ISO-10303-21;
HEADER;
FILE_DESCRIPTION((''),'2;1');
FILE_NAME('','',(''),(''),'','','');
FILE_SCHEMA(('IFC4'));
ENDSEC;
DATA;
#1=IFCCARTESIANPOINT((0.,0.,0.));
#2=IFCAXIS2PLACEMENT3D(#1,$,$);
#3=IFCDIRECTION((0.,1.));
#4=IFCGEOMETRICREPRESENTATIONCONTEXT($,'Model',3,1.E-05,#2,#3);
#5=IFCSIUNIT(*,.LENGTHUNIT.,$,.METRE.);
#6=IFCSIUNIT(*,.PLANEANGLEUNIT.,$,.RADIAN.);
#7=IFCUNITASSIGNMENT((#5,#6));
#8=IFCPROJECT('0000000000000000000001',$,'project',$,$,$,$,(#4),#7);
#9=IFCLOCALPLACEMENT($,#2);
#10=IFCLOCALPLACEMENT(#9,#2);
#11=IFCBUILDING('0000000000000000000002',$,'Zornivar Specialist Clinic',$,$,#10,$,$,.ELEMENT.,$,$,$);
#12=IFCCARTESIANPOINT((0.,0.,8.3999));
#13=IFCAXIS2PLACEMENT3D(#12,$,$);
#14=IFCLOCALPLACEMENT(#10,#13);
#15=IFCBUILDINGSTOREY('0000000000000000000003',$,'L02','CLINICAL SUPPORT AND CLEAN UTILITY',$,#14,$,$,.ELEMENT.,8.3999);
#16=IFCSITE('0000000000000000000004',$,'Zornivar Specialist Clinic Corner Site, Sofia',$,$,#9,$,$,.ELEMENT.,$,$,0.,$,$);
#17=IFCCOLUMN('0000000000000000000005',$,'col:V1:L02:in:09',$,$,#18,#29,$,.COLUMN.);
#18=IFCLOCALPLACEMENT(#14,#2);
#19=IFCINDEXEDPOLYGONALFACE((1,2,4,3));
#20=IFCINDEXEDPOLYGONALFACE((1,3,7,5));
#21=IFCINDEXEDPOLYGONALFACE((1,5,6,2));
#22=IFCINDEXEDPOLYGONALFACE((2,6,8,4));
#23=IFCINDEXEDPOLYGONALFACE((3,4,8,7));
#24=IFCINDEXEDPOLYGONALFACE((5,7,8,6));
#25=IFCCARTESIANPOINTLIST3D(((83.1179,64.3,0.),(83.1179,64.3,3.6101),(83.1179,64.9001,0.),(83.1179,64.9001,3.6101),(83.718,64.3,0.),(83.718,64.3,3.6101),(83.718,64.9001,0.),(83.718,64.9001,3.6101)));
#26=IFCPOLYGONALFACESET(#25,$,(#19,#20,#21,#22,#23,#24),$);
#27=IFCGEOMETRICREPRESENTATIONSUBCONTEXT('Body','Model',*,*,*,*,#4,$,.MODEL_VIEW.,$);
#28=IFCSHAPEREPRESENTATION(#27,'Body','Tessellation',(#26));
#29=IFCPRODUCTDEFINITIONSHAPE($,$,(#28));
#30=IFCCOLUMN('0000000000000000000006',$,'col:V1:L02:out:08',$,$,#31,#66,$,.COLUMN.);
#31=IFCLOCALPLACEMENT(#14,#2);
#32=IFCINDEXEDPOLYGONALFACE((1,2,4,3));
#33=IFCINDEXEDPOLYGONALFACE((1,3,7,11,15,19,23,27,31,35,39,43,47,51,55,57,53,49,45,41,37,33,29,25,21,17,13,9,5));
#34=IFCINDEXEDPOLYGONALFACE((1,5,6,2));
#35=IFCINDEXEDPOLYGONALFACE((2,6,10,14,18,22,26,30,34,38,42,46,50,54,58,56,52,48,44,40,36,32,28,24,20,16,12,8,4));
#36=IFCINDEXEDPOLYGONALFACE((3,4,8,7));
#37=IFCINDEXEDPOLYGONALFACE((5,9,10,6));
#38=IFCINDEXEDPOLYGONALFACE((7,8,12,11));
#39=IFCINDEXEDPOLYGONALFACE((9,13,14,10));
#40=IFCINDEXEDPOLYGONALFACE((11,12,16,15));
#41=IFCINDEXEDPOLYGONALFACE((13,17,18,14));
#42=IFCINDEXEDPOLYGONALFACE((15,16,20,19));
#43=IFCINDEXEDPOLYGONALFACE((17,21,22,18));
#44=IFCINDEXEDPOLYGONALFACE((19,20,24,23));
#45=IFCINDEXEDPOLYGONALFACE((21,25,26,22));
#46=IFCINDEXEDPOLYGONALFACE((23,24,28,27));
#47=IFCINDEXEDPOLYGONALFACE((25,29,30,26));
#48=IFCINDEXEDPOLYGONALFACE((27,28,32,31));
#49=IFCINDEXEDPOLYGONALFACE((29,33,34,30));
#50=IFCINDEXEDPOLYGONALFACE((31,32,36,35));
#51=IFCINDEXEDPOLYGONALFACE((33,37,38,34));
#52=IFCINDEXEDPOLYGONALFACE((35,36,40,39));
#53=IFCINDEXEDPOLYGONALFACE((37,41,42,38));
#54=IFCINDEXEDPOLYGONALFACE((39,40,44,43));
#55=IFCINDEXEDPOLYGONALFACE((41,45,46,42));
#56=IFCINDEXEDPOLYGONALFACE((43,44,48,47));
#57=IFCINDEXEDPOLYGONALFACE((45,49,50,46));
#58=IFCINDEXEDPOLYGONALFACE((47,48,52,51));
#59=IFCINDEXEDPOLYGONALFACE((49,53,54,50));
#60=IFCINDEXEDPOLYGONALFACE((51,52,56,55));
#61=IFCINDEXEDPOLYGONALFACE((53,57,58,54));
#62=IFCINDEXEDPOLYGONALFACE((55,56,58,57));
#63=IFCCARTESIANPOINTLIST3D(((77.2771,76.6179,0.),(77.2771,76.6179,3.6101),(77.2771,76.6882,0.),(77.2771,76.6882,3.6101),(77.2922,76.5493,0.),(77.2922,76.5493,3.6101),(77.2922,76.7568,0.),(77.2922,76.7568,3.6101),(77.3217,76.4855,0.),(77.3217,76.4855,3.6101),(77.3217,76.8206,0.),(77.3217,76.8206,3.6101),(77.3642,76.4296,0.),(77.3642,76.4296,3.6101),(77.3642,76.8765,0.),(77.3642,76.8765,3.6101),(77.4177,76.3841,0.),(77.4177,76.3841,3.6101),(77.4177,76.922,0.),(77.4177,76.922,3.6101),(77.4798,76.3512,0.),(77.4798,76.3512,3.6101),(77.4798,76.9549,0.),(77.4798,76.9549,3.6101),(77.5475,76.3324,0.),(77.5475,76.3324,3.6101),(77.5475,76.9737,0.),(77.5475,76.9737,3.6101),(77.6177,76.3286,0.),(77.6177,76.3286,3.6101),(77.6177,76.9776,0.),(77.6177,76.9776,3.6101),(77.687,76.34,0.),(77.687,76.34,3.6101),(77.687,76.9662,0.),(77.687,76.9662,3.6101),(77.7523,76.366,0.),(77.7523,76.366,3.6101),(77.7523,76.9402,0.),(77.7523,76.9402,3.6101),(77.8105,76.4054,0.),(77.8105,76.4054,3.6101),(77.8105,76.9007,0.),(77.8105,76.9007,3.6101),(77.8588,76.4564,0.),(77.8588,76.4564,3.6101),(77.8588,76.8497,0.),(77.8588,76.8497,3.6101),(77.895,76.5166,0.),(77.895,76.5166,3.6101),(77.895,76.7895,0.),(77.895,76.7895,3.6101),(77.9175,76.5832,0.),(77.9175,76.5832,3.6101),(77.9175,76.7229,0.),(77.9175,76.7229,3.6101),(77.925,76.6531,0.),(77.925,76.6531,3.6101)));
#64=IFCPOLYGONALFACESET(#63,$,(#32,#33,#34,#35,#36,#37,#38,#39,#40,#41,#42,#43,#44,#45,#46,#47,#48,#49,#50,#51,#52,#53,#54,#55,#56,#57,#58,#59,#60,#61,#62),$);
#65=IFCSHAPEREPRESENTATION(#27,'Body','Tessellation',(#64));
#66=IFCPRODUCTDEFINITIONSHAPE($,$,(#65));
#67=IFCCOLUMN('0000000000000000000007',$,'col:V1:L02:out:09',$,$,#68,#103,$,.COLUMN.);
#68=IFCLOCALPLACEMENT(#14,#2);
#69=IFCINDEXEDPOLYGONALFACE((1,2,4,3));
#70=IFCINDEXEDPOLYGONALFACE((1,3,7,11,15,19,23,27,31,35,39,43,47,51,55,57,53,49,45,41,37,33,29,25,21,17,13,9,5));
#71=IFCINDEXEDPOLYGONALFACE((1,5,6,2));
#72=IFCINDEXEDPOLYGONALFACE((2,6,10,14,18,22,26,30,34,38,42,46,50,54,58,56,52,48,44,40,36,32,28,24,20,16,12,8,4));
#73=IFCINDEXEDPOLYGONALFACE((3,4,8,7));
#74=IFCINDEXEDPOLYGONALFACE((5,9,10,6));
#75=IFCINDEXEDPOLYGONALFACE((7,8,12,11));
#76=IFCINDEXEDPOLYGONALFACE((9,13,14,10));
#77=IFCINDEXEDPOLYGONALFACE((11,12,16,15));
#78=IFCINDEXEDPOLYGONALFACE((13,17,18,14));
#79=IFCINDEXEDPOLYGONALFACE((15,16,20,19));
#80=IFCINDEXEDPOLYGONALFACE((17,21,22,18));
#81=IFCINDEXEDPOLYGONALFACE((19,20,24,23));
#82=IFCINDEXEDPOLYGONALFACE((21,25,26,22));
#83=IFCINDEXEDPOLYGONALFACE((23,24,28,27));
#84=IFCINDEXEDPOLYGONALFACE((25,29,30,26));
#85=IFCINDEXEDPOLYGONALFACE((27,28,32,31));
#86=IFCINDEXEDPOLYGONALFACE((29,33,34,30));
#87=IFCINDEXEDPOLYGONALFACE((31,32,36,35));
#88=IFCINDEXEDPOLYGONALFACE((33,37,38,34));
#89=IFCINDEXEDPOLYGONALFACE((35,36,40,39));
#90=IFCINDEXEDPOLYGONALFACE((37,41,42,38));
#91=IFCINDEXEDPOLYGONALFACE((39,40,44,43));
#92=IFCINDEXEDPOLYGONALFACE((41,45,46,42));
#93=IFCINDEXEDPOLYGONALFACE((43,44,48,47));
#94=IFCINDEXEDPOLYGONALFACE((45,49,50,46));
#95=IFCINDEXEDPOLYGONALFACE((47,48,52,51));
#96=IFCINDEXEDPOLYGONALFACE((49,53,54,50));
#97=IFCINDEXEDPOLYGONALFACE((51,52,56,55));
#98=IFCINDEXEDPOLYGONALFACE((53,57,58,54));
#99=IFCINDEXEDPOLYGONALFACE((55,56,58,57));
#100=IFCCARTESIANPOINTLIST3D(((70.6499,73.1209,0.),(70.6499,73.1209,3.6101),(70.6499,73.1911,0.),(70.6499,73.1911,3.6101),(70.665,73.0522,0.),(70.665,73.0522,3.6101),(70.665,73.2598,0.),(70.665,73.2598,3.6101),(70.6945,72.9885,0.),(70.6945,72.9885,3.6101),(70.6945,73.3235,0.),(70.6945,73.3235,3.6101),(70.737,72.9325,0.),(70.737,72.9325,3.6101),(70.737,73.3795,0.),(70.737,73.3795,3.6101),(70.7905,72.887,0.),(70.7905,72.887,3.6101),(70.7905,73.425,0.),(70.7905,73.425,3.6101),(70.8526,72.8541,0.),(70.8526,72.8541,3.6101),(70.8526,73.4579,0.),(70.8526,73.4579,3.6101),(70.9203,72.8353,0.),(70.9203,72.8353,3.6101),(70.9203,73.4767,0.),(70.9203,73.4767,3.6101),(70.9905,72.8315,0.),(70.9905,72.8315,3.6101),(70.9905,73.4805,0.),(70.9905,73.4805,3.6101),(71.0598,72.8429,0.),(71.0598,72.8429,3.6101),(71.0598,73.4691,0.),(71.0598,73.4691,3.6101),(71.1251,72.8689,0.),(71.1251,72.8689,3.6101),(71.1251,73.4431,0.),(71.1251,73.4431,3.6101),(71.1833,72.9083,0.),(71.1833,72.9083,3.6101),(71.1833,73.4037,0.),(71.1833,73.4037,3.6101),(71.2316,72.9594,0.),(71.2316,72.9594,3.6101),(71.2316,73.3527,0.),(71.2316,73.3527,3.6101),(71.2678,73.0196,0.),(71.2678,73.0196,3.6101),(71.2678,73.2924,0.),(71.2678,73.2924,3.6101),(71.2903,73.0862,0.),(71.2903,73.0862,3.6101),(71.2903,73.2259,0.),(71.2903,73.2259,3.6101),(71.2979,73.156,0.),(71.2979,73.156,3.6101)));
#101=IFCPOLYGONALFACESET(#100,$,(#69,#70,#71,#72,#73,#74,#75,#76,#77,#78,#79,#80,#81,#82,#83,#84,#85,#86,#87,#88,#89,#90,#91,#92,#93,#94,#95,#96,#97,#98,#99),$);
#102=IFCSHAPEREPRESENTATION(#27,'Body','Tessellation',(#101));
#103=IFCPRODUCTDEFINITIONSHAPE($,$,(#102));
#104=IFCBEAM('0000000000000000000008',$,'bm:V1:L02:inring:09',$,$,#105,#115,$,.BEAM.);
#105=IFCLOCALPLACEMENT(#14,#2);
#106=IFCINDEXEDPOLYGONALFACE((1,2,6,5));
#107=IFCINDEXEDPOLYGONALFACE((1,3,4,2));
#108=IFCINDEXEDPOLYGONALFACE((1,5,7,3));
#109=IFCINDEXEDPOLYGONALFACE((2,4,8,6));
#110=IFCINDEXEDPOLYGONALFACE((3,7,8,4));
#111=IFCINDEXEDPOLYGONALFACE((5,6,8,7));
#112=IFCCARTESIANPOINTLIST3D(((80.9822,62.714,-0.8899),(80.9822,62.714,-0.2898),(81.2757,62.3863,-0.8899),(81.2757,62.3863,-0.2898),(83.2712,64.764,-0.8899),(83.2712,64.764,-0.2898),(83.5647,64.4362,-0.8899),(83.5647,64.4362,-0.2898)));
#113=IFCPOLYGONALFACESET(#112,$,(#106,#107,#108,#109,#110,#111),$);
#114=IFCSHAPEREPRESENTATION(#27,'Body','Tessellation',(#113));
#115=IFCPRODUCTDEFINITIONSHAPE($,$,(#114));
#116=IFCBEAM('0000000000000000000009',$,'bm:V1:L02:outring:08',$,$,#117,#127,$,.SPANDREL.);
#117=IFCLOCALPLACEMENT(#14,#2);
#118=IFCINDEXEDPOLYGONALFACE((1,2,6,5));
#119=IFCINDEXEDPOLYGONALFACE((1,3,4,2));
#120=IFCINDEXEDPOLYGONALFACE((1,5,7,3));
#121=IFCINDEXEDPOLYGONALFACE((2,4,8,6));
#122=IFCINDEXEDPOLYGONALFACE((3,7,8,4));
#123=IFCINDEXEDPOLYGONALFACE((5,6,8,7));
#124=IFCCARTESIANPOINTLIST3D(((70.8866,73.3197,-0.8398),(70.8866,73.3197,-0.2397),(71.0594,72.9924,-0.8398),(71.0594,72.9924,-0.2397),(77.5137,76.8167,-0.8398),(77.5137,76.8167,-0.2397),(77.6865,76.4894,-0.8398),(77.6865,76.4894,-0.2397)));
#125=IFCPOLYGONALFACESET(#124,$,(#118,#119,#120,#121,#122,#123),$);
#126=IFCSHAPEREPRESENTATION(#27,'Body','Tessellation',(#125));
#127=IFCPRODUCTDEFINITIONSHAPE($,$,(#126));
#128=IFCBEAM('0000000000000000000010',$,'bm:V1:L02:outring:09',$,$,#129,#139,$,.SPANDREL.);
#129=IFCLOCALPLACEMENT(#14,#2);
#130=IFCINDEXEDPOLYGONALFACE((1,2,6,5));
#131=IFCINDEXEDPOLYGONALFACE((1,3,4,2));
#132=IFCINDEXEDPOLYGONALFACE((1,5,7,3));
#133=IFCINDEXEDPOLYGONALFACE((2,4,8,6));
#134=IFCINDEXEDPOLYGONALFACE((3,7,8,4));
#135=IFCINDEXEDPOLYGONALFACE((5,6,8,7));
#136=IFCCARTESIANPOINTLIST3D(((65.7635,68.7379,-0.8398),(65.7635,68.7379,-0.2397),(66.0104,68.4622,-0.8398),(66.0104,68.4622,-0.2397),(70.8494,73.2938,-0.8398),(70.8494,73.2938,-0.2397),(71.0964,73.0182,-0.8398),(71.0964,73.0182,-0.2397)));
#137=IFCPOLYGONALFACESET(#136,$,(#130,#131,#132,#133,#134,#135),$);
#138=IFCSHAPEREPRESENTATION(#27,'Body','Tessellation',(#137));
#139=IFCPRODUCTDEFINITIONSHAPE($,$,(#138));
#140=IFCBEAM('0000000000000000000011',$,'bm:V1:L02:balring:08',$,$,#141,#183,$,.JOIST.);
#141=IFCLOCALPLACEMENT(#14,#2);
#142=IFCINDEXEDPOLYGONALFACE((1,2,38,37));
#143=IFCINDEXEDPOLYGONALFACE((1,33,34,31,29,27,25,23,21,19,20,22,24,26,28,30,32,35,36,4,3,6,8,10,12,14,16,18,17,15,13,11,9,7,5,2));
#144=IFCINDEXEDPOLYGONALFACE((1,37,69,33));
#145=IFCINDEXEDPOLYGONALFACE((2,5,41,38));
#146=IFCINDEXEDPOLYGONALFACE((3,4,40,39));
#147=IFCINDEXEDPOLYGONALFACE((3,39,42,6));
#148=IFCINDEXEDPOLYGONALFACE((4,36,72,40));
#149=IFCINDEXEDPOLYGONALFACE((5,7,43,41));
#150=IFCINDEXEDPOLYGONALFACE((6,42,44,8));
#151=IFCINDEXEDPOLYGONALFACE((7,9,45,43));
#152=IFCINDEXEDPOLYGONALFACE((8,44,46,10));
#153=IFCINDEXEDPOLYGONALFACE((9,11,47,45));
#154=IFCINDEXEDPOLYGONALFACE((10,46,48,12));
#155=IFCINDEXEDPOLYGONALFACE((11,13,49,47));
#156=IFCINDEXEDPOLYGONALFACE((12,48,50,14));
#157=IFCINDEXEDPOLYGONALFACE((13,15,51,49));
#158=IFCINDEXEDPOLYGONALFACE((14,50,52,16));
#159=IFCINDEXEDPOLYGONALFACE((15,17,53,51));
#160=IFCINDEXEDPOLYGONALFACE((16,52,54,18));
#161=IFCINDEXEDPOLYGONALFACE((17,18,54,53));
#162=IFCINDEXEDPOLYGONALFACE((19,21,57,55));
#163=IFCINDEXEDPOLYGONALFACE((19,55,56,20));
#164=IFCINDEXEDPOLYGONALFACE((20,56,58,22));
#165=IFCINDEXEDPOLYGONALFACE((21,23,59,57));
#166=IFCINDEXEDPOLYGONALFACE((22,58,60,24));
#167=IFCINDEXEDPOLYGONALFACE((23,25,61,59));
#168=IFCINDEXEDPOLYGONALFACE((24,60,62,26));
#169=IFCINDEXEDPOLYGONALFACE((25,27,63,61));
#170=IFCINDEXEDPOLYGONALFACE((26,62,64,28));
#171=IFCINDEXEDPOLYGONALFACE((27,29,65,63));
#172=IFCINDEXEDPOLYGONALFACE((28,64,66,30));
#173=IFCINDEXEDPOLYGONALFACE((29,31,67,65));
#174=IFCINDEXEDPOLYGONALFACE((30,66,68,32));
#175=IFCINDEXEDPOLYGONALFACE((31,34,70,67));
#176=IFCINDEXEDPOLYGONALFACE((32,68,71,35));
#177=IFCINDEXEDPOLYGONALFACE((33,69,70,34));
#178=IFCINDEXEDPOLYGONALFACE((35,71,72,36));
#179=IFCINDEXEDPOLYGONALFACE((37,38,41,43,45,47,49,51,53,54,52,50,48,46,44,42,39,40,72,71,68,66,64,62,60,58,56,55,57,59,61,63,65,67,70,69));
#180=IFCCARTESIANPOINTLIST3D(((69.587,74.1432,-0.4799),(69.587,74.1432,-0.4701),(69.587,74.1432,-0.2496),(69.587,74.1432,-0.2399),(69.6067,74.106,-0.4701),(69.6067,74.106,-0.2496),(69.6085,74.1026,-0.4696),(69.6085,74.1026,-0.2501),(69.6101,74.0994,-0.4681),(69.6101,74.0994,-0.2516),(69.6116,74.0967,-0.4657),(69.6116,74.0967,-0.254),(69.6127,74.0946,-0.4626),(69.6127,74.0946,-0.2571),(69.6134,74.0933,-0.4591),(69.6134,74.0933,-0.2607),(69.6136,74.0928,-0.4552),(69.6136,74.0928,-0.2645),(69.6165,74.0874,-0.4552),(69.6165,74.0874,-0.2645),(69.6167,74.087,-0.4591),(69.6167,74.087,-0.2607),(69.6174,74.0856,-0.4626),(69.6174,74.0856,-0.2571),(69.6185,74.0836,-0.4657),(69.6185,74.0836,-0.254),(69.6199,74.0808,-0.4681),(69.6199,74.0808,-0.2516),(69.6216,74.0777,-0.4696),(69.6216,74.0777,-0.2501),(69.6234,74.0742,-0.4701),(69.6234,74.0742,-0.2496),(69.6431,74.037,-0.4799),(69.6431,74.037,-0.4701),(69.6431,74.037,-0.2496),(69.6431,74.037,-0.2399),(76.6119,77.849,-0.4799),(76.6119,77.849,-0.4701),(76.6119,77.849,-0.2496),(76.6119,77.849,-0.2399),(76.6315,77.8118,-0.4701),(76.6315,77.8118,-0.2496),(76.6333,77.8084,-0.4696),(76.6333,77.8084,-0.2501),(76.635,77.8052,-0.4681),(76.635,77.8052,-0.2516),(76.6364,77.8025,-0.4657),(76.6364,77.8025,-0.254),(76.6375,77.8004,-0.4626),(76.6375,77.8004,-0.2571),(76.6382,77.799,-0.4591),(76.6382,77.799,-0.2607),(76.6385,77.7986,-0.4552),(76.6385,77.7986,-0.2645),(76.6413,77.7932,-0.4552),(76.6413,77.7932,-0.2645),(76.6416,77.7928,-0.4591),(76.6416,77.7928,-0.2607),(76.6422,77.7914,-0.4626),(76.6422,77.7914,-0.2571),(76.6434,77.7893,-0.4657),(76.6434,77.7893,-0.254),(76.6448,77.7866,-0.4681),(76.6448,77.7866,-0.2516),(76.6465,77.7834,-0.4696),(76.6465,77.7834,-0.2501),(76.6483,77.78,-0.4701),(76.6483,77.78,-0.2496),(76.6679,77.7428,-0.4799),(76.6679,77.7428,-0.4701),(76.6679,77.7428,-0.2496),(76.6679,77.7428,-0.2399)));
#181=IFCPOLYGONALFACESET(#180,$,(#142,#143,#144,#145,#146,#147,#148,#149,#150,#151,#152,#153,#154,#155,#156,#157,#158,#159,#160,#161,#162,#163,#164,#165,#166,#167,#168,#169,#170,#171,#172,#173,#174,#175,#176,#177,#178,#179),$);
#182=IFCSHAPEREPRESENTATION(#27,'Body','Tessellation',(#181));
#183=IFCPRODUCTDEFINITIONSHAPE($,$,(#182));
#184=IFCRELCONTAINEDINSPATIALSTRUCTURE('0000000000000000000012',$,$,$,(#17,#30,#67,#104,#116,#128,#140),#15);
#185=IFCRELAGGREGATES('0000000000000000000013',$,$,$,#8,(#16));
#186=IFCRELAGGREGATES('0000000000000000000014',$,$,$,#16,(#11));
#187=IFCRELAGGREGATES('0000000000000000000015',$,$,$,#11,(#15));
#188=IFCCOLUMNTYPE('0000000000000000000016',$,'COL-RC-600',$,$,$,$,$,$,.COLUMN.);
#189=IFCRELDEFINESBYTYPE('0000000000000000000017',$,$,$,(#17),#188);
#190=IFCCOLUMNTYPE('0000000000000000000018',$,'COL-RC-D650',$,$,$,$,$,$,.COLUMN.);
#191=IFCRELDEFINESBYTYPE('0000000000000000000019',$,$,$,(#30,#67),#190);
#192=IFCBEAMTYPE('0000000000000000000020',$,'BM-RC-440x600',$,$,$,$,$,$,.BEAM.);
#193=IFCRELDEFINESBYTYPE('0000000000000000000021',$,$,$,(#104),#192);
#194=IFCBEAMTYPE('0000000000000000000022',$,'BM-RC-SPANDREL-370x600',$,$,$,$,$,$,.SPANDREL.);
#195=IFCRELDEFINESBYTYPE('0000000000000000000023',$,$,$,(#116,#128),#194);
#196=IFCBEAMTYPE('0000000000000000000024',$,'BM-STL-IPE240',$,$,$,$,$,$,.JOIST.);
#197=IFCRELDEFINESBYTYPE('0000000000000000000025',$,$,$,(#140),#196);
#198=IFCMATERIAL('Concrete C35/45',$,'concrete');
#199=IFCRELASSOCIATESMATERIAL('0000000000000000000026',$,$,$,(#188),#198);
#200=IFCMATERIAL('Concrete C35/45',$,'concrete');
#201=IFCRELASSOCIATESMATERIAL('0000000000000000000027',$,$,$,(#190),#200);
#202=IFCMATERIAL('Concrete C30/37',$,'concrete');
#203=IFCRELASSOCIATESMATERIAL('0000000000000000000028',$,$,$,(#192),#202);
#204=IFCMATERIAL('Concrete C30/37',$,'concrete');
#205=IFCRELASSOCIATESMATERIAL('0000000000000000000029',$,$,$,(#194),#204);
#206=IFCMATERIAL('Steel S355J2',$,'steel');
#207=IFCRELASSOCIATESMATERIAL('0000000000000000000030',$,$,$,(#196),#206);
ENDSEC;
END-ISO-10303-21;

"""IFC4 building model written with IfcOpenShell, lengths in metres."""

from ifc_helpers import new_model, si_unit, direction, frame, origin, origin_2d, place, context, subcontext, project, spatial, rectangle, circle, i_section, extrude, material, material_profile, profile_set, type_object, element, save


model = new_model("IFC4")

# Units and contexts
model_context = context("Model", 3, precision=1e-05, world=origin(), true_north=direction((0.0, 1.0)))
body_context = subcontext(model_context, "Body", "Model", "MODEL_VIEW")
ifc_project = project(units=[si_unit("LENGTHUNIT", "METRE"), si_unit("PLANEANGLEUNIT", "RADIAN")], contexts=[model_context])

# Site, building, storey
site_placement = place(None, origin())
site = spatial("IfcSite", under=ifc_project, at=site_placement, Name="Zornivar Specialist Clinic Corner Site, Sofia", CompositionType="ELEMENT", RefElevation=0.0)
building_placement = place(site_placement, origin())
building = spatial("IfcBuilding", under=site, at=building_placement, Name="Zornivar Specialist Clinic", CompositionType="ELEMENT")
storey_placement = place(building_placement, frame((0.0, 0.0, 8.3999)))
storey = spatial("IfcBuildingStorey", under=building, at=storey_placement, Name="L02", Description="CLINICAL SUPPORT AND CLEAN UTILITY", CompositionType="ELEMENT", Elevation=8.3999)

# Columns
ifc_material_1 = material(Name="Concrete C35/45", Category="concrete")
ifc_material_profile_1 = material_profile(ifc_material_1, rectangle(XDim=0.6001, YDim=0.6001, at=origin_2d()), Name="RC 600x600")
ifc_profile_set_1 = profile_set([ifc_material_profile_1], Name="Concrete C35/45")
column_type_1 = type_object("IfcColumnType", Name="COL-RC-600", PredefinedType="COLUMN", material=ifc_profile_set_1)
column_placement = place(storey_placement, frame((83.418, 64.6001, 0.0), z_axis=(0.0, 0.0, 1.0), x_axis=(1.0, 0.0, 0.0)))
element("IfcColumn", 1, at=column_placement, inside=storey, type_object=column_type_1, Name="col:V1:L02:in:09", PredefinedType="COLUMN", context=body_context, shape_type="SweptSolid", body=[
    extrude(rectangle(XDim=0.6001, YDim=0.6001, at=origin_2d()), origin(), (0.0, 0.0, 1.0), 3.6101),
])
ifc_material_2 = material(Name="Concrete C35/45", Category="concrete")
ifc_material_profile_2 = material_profile(ifc_material_2, circle(Radius=0.325, at=origin_2d()), Name="RC D650")
ifc_profile_set_2 = profile_set([ifc_material_profile_2], Name="Concrete C35/45")
column_type_2 = type_object("IfcColumnType", Name="COL-RC-D650", PredefinedType="COLUMN", material=ifc_profile_set_2)
for number, where, z_axis, x_axis, name in (
    (2, (77.6001, 76.6531, 0.0), (0.0, 0.0, 1.0), (1.0, 0.0, 0.0), "col:V1:L02:out:08"),
    (3, (70.9729, 73.156, 0.0), (0.0, 0.0, 1.0), (1.0, 0.0, 0.0), "col:V1:L02:out:09"),
):
    element("IfcColumn", number, at=place(storey_placement, frame(where, z_axis=z_axis, x_axis=x_axis)), inside=storey, type_object=column_type_2, Name=name, PredefinedType="COLUMN", context=body_context, shape_type="SweptSolid", body=[
        extrude(circle(Radius=0.325, at=origin_2d()), origin(), (0.0, 0.0, 1.0), 3.6101),
    ])

# Beams
ifc_material_3 = material(Name="Concrete C30/37", Category="concrete")
ifc_material_profile_3 = material_profile(ifc_material_3, rectangle(XDim=0.4399, YDim=0.6001, at=origin_2d()), Name="RC 440x600")
ifc_profile_set_3 = profile_set([ifc_material_profile_3], Name="Concrete C30/37")
beam_type_1 = type_object("IfcBeamType", Name="BM-RC-440x600", PredefinedType="BEAM", material=ifc_profile_set_3)
beam_1_placement = place(storey_placement, frame((83.418, 64.6001, -0.5898), z_axis=(-0.744927, -0.667145, 0.0), x_axis=(0.667145, -0.744927, 0.0)))
element("IfcBeam", 4, at=beam_1_placement, inside=storey, type_object=beam_type_1, Name="bm:V1:L02:inring:09", PredefinedType="BEAM", context=body_context, shape_type="SweptSolid", body=[
    extrude(rectangle(XDim=0.4399, YDim=0.6001, at=origin_2d()), origin(), (0.0, 0.0, 1.0), 3.0728),
])
ifc_material_4 = material(Name="Concrete C30/37", Category="concrete")
ifc_material_profile_4 = material_profile(ifc_material_4, rectangle(XDim=0.3701, YDim=0.6001, at=origin_2d()), Name="RC 370x600")
ifc_profile_set_4 = profile_set([ifc_material_profile_4], Name="Concrete C30/37")
beam_type_2 = type_object("IfcBeamType", Name="BM-RC-SPANDREL-370x600", PredefinedType="SPANDREL", material=ifc_profile_set_4)
beam_2_placement = place(storey_placement, frame((77.6001, 76.6531, -0.5398), z_axis=(-0.884419, -0.466694, 0.0), x_axis=(0.466694, -0.884419, 0.0)))
element("IfcBeam", 5, at=beam_2_placement, inside=storey, type_object=beam_type_2, Name="bm:V1:L02:outring:08", PredefinedType="SPANDREL", context=body_context, shape_type="SweptSolid", body=[
    extrude(rectangle(XDim=0.3701, YDim=0.6001, at=origin_2d()), origin(), (0.0, 0.0, 1.0), 7.4932),
])
beam_3_placement = place(storey_placement, frame((70.9729, 73.156, -0.5398), z_axis=(-0.744853, -0.667228, 0.0), x_axis=(0.667228, -0.744853, 0.0)))
element("IfcBeam", 6, at=beam_3_placement, inside=storey, type_object=beam_type_2, Name="bm:V1:L02:outring:09", PredefinedType="SPANDREL", context=body_context, shape_type="SweptSolid", body=[
    extrude(rectangle(XDim=0.3701, YDim=0.6001, at=origin_2d()), origin(), (0.0, 0.0, 1.0), 6.8281),
])
ifc_material_5 = material(Name="Steel S355J2", Category="steel")
ifc_material_profile_5 = material_profile(ifc_material_5, i_section(OverallWidth=0.1201, OverallDepth=0.24, WebThickness=0.0061, FlangeThickness=0.0098, FilletRadius=0.0149, at=origin_2d()), Name="IPE 240")
ifc_profile_set_5 = profile_set([ifc_material_profile_5], Name="Steel S355J2")
beam_type_3 = type_object("IfcBeamType", Name="BM-STL-IPE240", PredefinedType="JOIST", material=ifc_profile_set_5)
beam_4_placement = place(storey_placement, frame((76.6399, 77.7959, -0.3599), z_axis=(-0.884477, -0.466584, 0.0), x_axis=(0.466584, -0.884477, 0.0)))
element("IfcBeam", 7, at=beam_4_placement, inside=storey, type_object=beam_type_3, Name="bm:V1:L02:balring:08", PredefinedType="JOIST", context=body_context, shape_type="SweptSolid", body=[
    extrude(i_section(OverallWidth=0.1201, OverallDepth=0.24, WebThickness=0.0061, FlangeThickness=0.0098, FilletRadius=0.0149, at=origin_2d()), origin(), (0.0, 0.0, 1.0), 7.9424),
])

save(model, "model.ifc")
